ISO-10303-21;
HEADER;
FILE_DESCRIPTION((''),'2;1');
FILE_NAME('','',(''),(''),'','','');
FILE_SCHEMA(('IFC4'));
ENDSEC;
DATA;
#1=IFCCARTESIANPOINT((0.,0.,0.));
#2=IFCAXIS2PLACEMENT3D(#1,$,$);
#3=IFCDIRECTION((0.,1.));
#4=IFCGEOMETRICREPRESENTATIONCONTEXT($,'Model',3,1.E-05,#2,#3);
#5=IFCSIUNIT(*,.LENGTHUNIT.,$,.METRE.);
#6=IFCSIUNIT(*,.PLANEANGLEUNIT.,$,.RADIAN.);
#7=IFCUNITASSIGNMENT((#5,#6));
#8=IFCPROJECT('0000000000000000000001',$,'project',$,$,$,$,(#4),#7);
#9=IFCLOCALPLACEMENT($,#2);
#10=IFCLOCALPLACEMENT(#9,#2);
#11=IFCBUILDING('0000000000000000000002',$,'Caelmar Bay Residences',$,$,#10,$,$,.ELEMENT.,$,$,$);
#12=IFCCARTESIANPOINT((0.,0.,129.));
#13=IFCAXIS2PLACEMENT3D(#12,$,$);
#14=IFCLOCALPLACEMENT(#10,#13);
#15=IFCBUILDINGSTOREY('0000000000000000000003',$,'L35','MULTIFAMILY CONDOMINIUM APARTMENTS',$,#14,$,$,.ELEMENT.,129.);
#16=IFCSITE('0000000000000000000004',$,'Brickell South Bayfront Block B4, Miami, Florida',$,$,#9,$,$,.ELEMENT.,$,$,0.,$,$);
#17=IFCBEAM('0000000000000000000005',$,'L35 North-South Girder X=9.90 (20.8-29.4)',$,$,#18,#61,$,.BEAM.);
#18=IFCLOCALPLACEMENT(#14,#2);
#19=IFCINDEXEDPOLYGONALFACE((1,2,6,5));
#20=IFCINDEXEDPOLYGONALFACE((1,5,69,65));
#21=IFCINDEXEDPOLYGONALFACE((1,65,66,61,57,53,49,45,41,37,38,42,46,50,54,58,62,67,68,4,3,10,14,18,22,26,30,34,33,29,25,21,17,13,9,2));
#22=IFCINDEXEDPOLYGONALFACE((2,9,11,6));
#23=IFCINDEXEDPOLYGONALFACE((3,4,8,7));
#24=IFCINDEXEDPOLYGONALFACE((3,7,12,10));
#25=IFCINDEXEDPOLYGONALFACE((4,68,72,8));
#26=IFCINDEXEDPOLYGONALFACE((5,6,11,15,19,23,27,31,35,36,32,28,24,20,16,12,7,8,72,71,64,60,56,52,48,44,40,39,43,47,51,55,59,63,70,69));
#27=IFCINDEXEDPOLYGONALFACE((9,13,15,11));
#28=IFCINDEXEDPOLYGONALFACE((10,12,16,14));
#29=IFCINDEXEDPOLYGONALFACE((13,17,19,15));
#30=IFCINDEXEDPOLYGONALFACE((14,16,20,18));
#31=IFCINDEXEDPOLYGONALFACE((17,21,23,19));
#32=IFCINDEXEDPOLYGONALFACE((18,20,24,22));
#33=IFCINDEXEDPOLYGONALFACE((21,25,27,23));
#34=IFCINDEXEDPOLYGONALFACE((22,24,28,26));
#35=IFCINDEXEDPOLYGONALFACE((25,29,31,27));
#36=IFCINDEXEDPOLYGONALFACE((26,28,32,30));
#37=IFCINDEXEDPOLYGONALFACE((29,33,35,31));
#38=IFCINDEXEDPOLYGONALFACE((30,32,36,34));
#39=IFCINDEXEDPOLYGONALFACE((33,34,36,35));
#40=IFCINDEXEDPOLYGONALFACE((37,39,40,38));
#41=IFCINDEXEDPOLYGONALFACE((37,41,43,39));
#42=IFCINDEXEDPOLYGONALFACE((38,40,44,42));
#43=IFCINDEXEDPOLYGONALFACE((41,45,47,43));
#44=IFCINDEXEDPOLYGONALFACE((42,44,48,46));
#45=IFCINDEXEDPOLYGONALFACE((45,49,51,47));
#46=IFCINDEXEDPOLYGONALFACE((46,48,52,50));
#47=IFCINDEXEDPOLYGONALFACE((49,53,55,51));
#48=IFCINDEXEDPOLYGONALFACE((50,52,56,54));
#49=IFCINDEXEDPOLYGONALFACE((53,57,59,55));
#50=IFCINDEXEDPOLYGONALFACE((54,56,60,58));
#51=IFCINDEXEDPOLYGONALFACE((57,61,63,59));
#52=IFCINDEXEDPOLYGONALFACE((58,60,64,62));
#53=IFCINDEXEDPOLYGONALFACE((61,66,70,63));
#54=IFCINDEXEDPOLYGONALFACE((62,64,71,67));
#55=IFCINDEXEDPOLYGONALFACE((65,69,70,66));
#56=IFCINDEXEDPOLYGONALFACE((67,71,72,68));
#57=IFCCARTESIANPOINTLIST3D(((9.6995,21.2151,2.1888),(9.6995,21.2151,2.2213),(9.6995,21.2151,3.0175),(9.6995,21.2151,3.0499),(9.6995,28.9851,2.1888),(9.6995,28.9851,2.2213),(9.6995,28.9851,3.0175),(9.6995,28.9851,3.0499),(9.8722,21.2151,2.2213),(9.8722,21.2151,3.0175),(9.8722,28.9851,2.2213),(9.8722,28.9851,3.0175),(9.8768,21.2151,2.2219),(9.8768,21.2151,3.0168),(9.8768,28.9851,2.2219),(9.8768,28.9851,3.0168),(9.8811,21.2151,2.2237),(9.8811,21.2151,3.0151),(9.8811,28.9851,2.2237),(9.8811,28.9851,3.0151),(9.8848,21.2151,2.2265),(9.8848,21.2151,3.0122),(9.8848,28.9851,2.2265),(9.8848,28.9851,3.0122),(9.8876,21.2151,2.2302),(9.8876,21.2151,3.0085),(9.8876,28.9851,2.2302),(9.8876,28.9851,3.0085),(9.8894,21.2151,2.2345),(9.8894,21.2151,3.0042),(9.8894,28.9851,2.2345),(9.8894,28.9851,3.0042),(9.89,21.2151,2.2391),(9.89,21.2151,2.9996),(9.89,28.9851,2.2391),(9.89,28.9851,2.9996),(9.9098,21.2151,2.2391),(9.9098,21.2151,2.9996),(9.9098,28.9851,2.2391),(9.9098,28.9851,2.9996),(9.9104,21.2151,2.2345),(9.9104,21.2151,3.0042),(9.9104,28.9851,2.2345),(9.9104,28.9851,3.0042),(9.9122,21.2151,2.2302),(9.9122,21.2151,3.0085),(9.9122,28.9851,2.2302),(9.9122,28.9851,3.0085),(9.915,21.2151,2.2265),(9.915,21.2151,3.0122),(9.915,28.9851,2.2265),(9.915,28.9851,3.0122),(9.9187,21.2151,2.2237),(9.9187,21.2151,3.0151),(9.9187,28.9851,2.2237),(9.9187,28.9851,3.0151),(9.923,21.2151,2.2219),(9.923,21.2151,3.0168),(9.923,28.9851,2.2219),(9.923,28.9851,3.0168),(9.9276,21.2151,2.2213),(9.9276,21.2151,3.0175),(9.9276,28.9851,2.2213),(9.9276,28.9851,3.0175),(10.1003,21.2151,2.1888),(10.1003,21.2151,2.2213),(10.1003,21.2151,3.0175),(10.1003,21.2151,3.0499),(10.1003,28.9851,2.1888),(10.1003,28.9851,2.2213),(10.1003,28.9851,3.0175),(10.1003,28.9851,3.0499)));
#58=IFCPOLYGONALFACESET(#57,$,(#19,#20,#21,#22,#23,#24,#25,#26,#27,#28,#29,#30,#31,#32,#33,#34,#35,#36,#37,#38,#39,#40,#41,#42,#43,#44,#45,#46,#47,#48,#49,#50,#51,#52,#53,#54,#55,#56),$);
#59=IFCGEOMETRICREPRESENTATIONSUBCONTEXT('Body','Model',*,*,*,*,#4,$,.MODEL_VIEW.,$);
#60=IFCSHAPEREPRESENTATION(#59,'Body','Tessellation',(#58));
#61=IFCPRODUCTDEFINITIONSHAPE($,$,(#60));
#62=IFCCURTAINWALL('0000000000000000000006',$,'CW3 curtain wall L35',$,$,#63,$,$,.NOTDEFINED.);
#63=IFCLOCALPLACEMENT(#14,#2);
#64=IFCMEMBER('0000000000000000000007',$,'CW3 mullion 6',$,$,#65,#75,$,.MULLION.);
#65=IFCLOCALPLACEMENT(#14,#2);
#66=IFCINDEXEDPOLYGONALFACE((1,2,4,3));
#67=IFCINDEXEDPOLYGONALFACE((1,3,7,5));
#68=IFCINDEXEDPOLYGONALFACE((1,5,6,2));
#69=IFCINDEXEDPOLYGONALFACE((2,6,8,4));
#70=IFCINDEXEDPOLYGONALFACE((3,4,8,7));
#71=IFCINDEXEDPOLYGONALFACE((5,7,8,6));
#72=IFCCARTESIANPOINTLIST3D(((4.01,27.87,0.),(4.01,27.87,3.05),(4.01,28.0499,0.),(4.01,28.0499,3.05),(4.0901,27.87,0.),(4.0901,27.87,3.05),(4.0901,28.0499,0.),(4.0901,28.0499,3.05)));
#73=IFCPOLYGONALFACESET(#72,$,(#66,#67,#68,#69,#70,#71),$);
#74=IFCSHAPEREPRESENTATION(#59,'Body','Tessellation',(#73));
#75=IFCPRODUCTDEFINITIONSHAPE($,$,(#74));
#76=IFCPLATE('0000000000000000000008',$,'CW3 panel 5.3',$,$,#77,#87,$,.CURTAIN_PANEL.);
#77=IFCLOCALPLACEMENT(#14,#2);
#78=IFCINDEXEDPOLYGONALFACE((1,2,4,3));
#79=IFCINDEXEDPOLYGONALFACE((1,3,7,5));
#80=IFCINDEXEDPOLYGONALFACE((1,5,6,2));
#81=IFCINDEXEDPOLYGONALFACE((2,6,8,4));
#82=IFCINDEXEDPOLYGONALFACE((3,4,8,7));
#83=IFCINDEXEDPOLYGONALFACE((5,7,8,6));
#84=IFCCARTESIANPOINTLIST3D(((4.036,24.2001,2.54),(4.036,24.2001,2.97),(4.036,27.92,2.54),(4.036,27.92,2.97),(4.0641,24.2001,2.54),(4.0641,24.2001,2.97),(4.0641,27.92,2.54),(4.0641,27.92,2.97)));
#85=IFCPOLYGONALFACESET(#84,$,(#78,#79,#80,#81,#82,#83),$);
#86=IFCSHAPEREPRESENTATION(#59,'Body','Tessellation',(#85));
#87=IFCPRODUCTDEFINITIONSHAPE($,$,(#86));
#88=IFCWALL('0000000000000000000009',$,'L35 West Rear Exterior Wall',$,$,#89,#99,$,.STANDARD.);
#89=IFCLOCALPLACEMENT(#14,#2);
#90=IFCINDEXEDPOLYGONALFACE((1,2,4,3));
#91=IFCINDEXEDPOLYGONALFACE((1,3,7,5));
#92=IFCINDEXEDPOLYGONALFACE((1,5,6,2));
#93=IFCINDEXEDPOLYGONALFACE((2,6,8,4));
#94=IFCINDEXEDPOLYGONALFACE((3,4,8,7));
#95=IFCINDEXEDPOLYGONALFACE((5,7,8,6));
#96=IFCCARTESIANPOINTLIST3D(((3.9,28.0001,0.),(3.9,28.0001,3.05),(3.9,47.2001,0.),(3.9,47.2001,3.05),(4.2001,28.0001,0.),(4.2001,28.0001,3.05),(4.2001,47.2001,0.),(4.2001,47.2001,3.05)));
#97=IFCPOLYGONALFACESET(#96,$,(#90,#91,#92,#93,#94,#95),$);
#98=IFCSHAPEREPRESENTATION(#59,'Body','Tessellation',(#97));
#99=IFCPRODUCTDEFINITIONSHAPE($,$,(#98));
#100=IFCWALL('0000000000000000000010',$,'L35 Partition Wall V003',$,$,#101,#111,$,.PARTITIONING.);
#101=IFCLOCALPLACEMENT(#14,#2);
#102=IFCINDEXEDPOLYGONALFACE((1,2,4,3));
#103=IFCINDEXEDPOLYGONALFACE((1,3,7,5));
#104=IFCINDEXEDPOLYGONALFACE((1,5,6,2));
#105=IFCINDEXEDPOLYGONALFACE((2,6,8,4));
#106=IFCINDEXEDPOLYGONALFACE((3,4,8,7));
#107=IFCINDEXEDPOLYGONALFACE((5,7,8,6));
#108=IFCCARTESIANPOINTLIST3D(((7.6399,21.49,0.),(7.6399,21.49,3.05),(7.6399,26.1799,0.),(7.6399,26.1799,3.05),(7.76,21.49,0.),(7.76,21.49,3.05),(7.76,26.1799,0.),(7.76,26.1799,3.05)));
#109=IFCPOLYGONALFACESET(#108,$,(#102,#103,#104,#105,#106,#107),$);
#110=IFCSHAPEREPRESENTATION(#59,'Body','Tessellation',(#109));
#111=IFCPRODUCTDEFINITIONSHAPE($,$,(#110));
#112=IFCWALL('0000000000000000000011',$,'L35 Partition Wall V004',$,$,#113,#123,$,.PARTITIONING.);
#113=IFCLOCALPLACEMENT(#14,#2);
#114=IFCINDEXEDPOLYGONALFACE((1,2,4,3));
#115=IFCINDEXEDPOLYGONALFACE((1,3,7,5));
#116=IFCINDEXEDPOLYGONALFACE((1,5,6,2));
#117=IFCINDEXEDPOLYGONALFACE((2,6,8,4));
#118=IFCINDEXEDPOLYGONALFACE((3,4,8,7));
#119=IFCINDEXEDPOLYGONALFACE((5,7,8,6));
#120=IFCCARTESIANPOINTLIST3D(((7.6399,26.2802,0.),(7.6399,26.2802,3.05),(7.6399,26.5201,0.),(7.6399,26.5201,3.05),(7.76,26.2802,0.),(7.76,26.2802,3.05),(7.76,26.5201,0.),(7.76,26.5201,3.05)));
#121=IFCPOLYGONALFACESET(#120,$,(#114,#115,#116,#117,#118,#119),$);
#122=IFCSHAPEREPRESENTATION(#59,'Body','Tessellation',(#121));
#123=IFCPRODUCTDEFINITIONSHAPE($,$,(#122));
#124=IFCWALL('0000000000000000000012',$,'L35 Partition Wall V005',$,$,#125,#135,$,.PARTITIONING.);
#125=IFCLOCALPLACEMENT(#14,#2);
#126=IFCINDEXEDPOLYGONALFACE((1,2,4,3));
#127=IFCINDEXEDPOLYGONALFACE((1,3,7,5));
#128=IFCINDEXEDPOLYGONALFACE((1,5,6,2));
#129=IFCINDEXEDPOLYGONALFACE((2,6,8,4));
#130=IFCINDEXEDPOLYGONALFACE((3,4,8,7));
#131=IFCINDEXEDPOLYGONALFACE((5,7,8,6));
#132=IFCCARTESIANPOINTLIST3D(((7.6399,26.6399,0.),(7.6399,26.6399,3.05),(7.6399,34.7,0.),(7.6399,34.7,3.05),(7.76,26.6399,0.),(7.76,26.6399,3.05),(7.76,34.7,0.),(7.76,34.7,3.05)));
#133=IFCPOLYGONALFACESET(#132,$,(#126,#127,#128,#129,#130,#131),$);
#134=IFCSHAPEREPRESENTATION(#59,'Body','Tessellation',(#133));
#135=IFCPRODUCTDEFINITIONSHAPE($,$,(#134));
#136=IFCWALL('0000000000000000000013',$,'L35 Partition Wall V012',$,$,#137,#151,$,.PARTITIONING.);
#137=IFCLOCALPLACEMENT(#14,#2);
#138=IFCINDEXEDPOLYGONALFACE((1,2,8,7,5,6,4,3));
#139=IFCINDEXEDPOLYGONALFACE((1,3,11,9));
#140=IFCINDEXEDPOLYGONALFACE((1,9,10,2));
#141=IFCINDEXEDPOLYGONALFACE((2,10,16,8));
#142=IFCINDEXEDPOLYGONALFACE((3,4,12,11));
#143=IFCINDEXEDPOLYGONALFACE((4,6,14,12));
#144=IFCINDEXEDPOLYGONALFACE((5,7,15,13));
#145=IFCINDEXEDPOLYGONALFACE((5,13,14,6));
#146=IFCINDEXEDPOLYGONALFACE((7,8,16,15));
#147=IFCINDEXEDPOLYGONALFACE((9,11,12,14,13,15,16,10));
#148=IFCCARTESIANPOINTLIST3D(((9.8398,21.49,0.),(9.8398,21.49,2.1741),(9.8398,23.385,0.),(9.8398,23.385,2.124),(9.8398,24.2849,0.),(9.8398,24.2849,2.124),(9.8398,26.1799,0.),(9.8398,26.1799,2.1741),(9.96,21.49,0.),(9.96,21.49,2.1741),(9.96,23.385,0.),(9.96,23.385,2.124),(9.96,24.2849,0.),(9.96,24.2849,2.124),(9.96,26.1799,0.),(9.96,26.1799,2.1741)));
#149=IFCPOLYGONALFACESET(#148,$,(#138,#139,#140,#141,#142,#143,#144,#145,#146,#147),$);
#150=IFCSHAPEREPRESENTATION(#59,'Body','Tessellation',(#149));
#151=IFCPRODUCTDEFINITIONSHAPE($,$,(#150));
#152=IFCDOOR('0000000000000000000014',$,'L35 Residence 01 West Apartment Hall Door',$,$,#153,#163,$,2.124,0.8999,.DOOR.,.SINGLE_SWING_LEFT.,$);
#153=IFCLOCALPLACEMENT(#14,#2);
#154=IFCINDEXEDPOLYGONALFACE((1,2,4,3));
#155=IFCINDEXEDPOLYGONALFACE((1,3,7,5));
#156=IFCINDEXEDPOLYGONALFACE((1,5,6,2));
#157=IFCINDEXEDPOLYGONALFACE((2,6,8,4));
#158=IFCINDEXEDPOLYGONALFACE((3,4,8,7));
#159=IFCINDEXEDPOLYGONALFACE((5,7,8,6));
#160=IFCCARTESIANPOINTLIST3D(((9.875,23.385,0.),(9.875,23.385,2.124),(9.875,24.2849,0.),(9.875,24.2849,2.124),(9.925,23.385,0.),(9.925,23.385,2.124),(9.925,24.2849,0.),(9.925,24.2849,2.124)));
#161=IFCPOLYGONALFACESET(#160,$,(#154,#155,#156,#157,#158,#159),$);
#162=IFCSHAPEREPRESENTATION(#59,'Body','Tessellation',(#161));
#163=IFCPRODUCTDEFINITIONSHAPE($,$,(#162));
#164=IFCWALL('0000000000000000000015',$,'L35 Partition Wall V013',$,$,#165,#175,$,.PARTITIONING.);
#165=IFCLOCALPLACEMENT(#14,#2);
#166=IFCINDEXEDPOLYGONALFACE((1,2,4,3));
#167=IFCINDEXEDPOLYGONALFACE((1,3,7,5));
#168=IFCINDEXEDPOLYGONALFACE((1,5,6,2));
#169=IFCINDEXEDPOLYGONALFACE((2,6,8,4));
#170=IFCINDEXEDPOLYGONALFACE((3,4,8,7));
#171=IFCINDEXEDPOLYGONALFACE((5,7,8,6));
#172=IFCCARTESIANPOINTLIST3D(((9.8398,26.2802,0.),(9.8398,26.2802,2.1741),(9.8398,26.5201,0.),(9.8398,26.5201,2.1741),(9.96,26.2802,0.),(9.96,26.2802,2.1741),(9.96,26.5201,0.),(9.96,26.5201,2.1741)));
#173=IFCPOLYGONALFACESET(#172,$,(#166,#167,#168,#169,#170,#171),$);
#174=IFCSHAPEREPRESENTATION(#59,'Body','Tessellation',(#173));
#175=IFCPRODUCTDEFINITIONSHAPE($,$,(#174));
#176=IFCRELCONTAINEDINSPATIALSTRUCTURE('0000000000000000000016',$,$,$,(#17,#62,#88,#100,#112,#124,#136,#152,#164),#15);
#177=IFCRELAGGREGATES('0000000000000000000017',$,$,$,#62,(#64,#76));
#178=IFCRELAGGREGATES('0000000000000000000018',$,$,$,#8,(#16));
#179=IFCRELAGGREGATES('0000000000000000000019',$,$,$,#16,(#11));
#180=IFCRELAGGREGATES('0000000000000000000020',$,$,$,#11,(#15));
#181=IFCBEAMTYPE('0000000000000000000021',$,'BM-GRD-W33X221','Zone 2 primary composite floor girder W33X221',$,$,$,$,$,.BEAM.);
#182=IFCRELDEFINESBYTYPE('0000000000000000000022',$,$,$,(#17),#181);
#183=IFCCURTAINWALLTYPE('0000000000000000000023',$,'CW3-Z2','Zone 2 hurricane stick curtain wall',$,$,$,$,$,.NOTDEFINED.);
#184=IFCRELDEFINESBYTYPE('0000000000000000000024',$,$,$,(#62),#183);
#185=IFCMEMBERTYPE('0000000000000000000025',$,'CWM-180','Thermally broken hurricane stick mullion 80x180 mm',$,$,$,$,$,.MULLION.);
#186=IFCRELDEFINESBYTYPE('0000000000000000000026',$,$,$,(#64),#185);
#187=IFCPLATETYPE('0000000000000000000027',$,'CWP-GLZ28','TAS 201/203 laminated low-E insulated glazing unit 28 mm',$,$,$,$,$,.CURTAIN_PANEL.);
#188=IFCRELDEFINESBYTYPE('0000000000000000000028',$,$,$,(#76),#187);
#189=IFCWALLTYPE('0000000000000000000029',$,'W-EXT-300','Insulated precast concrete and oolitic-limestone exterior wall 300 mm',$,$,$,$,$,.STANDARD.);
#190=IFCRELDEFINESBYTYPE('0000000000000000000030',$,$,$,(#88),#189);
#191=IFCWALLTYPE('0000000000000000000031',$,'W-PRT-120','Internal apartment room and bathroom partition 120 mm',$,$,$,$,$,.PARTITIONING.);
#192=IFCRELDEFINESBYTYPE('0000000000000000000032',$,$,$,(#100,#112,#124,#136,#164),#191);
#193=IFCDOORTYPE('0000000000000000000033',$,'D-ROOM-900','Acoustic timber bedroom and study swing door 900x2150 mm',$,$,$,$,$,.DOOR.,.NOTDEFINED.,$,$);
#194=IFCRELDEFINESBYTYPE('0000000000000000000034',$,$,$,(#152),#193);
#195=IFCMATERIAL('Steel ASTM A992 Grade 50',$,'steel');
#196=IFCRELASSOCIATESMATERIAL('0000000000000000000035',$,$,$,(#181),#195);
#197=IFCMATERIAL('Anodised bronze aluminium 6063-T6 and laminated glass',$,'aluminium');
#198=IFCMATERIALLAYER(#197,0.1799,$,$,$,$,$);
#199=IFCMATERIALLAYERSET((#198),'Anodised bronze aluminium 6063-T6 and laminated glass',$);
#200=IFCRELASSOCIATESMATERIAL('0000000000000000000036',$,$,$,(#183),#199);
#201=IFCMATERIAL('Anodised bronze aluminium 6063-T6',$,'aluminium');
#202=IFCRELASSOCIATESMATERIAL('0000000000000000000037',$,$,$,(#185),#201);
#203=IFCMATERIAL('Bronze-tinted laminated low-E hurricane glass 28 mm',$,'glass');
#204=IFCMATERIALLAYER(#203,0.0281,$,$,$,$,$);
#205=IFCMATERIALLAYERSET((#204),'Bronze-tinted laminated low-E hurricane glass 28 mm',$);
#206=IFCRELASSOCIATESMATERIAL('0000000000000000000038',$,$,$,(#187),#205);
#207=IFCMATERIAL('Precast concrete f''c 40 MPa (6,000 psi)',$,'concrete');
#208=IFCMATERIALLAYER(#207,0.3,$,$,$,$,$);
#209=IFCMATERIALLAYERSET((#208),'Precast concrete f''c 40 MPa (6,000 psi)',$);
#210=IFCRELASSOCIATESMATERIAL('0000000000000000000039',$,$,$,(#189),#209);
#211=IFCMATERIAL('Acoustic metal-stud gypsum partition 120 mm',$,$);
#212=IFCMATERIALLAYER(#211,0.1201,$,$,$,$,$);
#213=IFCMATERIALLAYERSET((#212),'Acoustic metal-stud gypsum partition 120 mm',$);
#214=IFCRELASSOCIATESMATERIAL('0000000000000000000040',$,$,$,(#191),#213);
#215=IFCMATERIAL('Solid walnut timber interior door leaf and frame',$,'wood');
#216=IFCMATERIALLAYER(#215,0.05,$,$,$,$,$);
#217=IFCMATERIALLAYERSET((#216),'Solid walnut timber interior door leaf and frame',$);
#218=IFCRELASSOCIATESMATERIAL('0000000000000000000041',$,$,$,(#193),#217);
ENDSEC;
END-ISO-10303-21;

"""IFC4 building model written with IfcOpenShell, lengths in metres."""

from ifc_helpers import new_model, si_unit, direction, frame, frame_2d, origin, origin_2d, place, context, subcontext, project, spatial, rectangle, i_section, extrude, material, layer, layer_set, material_profile, profile_set, type_object, element, fill, aggregate, save


model = new_model("IFC4")

# Units and contexts
model_context = context("Model", 3, precision=1e-05, world=origin(), true_north=direction((0.0, 1.0)))
body_context = subcontext(model_context, "Body", "Model", "MODEL_VIEW")
ifc_project = project(units=[si_unit("LENGTHUNIT", "METRE"), si_unit("PLANEANGLEUNIT", "RADIAN")], contexts=[model_context])

# Site, building, storey
site_placement = place(None, origin())
site = spatial("IfcSite", under=ifc_project, at=site_placement, Name="Brickell South Bayfront Block B4, Miami, Florida", CompositionType="ELEMENT", RefElevation=0.0)
building_placement = place(site_placement, origin())
building = spatial("IfcBuilding", under=site, at=building_placement, Name="Caelmar Bay Residences", CompositionType="ELEMENT")
storey_placement = place(building_placement, frame((0.0, 0.0, 129.0)))
storey = spatial("IfcBuildingStorey", under=building, at=storey_placement, Name="L35", Description="MULTIFAMILY CONDOMINIUM APARTMENTS", CompositionType="ELEMENT", Elevation=129.0)

# Beam
ifc_material_1 = material(Name="Steel ASTM A992 Grade 50", Category="steel")
ifc_material_profile_1 = material_profile(ifc_material_1, i_section(OverallWidth=0.4009, OverallDepth=0.8611, WebThickness=0.0198, FlangeThickness=0.0325, FilletRadius=0.0178, at=origin_2d()), Name="W33X221")
ifc_profile_set_1 = profile_set([ifc_material_profile_1], Name="Steel ASTM A992 Grade 50")
beam_type = type_object("IfcBeamType", Name="BM-GRD-W33X221", Description="Zone 2 primary composite floor girder W33X221", PredefinedType="BEAM", material=ifc_profile_set_1)
beam_placement = place(storey_placement, frame((9.8999, 21.2151, 2.6194), z_axis=(0.0, 1.0, 0.0), x_axis=(-1.0, 0.0, 0.0)))
element("IfcBeam", 1, at=beam_placement, inside=storey, type_object=beam_type, Name="L35 North-South Girder X=9.90 (20.8-29.4)", PredefinedType="BEAM", context=body_context, shape_type="SweptSolid", body=[
    extrude(i_section(OverallWidth=0.4009, OverallDepth=0.8611, WebThickness=0.0198, FlangeThickness=0.0325, FilletRadius=0.0178, at=origin_2d()), origin(), (0.0, 0.0, 1.0), 7.77),
])

# Curtain wall, member, plate
ifc_material_2 = material(Name="Anodised bronze aluminium 6063-T6 and laminated glass", Category="aluminium")
ifc_layer_1 = layer(ifc_material_2, 0.1799)
ifc_layer_set_1 = layer_set([ifc_layer_1], Name="Anodised bronze aluminium 6063-T6 and laminated glass")
curtain_wall_type = type_object("IfcCurtainWallType", Name="CW3-Z2", Description="Zone 2 hurricane stick curtain wall", PredefinedType="NOTDEFINED", material=ifc_layer_set_1)
curtain_wall_placement = place(storey_placement, origin())
curtain_wall = element("IfcCurtainWall", 2, at=curtain_wall_placement, inside=storey, type_object=curtain_wall_type, Name="CW3 curtain wall L35", PredefinedType="NOTDEFINED")
ifc_material_3 = material(Name="Anodised bronze aluminium 6063-T6", Category="aluminium")
ifc_material_profile_2 = material_profile(ifc_material_3, rectangle(XDim=0.0801, YDim=0.1799, at=origin_2d()), Name="CWM-80X180")
ifc_profile_set_2 = profile_set([ifc_material_profile_2], Name="Anodised bronze aluminium 6063-T6")
member_type = type_object("IfcMemberType", Name="CWM-180", Description="Thermally broken hurricane stick mullion 80x180 mm", PredefinedType="MULLION", material=ifc_profile_set_2)
member_placement = place(storey_placement, frame((4.05, 27.96, 0.0), z_axis=(0.0, 0.0, 1.0), x_axis=(-1.0, 0.0, 0.0)))
member = element("IfcMember", 3, at=member_placement, type_object=member_type, Name="CW3 mullion 6", PredefinedType="MULLION", context=body_context, shape_type="SweptSolid", body=[
    extrude(rectangle(XDim=0.0801, YDim=0.1799, at=origin_2d()), origin(), (0.0, 0.0, 1.0), 3.05),
])
ifc_material_4 = material(Name="Bronze-tinted laminated low-E hurricane glass 28 mm", Category="glass")
ifc_layer_2 = layer(ifc_material_4, 0.0281)
ifc_layer_set_2 = layer_set([ifc_layer_2], Name="Bronze-tinted laminated low-E hurricane glass 28 mm")
plate_type = type_object("IfcPlateType", Name="CWP-GLZ28", Description="TAS 201/203 laminated low-E insulated glazing unit 28 mm", PredefinedType="CURTAIN_PANEL", material=ifc_layer_set_2)
plate_placement = place(storey_placement, frame((4.05, 26.0601, 2.54), z_axis=(0.0, 0.0, 1.0), x_axis=(0.0, 1.0, 0.0)))
plate = element("IfcPlate", 4, at=plate_placement, type_object=plate_type, Name="CW3 panel 5.3", PredefinedType="CURTAIN_PANEL", context=body_context, shape_type="SweptSolid", body=[
    extrude(rectangle(XDim=3.72, YDim=0.0281, at=origin_2d()), origin(), (0.0, 0.0, 1.0), 0.4299),
])
aggregate(curtain_wall, [member, plate])

# Walls
ifc_material_5 = material(Name="Precast concrete f'c 40 MPa (6,000 psi)", Category="concrete")
ifc_layer_3 = layer(ifc_material_5, 0.3)
ifc_layer_set_3 = layer_set([ifc_layer_3], Name="Precast concrete f'c 40 MPa (6,000 psi)")
wall_type_1 = type_object("IfcWallType", Name="W-EXT-300", Description="Insulated precast concrete and oolitic-limestone exterior wall 300 mm", PredefinedType="STANDARD", material=ifc_layer_set_3)
wall_1_placement = place(storey_placement, frame((4.05, 28.0, 0.0), z_axis=(0.0, 0.0, 1.0), x_axis=(0.0, 1.0, 0.0)))
element("IfcWall", 5, at=wall_1_placement, inside=storey, type_object=wall_type_1, Name="L35 West Rear Exterior Wall", PredefinedType="STANDARD", context=body_context, shape_type="SweptSolid", body=[
    extrude(rectangle(XDim=19.2, YDim=0.3, at=frame_2d((9.6001, 0.0))), origin(), (0.0, 0.0, 1.0), 3.05),
])
ifc_material_6 = material(Name="Acoustic metal-stud gypsum partition 120 mm")
ifc_layer_4 = layer(ifc_material_6, 0.1201)
ifc_layer_set_4 = layer_set([ifc_layer_4], Name="Acoustic metal-stud gypsum partition 120 mm")
wall_type_2 = type_object("IfcWallType", Name="W-PRT-120", Description="Internal apartment room and bathroom partition 120 mm", PredefinedType="PARTITIONING", material=ifc_layer_set_4)
wall_2_placement = place(storey_placement, frame((7.7, 21.49, 0.0), z_axis=(0.0, 0.0, 1.0), x_axis=(0.0, 1.0, 0.0)))
element("IfcWall", 6, at=wall_2_placement, inside=storey, type_object=wall_type_2, Name="L35 Partition Wall V003", PredefinedType="PARTITIONING", context=body_context, shape_type="SweptSolid", body=[
    extrude(rectangle(XDim=4.6899, YDim=0.1201, at=frame_2d((2.345, 0.0))), origin(), (0.0, 0.0, 1.0), 3.05),
])
wall_3_placement = place(storey_placement, frame((7.7, 26.28, 0.0), z_axis=(0.0, 0.0, 1.0), x_axis=(0.0, 1.0, 0.0)))
element("IfcWall", 7, at=wall_3_placement, inside=storey, type_object=wall_type_2, Name="L35 Partition Wall V004", PredefinedType="PARTITIONING", context=body_context, shape_type="SweptSolid", body=[
    extrude(rectangle(XDim=0.24, YDim=0.1201, at=frame_2d((0.1201, 0.0))), origin(), (0.0, 0.0, 1.0), 3.05),
])
wall_4_placement = place(storey_placement, frame((7.7, 26.6399, 0.0), z_axis=(0.0, 0.0, 1.0), x_axis=(0.0, 1.0, 0.0)))
element("IfcWall", 8, at=wall_4_placement, inside=storey, type_object=wall_type_2, Name="L35 Partition Wall V005", PredefinedType="PARTITIONING", context=body_context, shape_type="SweptSolid", body=[
    extrude(rectangle(XDim=8.0601, YDim=0.1201, at=frame_2d((4.03, 0.0))), origin(), (0.0, 0.0, 1.0), 3.05),
])

# Wall, opening, door
wall_5_placement = place(storey_placement, frame((9.8999, 21.49, 0.0), z_axis=(0.0, 0.0, 1.0), x_axis=(0.0, 1.0, 0.0)))
wall_5 = element("IfcWall", 9, at=wall_5_placement, inside=storey, type_object=wall_type_2, Name="L35 Partition Wall V012", PredefinedType="PARTITIONING", context=body_context, shape_type="SweptSolid", body=[
    extrude(rectangle(XDim=4.6899, YDim=0.1201, at=frame_2d((2.345, 0.0))), origin(), (0.0, 0.0, 1.0), 2.1741),
])
opening_1_placement = place(wall_5_placement, frame((1.895, 0.0, 0.0)))
opening_1 = element("IfcOpeningElement", 10, at=opening_1_placement, cuts=wall_5, PredefinedType="OPENING", context=body_context, shape_type="SweptSolid", body=[
    extrude(rectangle(XDim=0.8999, YDim=2.124, at=frame_2d((0.45, 1.062))), frame((0.0, 0.0701, 0.0), z_axis=(0.0, -1.0, 0.0), x_axis=(1.0, 0.0, 0.0)), (0.0, 0.0, 1.0), 0.1401),
])
ifc_material_7 = material(Name="Solid walnut timber interior door leaf and frame", Category="wood")
ifc_layer_5 = layer(ifc_material_7, 0.05)
ifc_layer_set_5 = layer_set([ifc_layer_5], Name="Solid walnut timber interior door leaf and frame")
door_type_1 = type_object("IfcDoorType", Name="D-ROOM-900", Description="Acoustic timber bedroom and study swing door 900x2150 mm", OperationType="NOTDEFINED", PredefinedType="DOOR", material=ifc_layer_set_5)
door_1_placement = place(opening_1_placement, origin())
door_1 = element("IfcDoor", 11, at=door_1_placement, inside=storey, type_object=door_type_1, Name="L35 Residence 01 West Apartment Hall Door", OperationType="SINGLE_SWING_LEFT", OverallHeight=2.124, OverallWidth=0.8999, PredefinedType="DOOR", context=body_context, shape_type="SweptSolid", body=[
    extrude(rectangle(XDim=0.8999, YDim=2.124, at=frame_2d((0.45, 1.062))), frame((0.0, 0.0249, 0.0), z_axis=(0.0, -1.0, 0.0), x_axis=(1.0, 0.0, 0.0)), (0.0, 0.0, 1.0), 0.05),
])
fill(opening_1, door_1)

# Wall
wall_6_placement = place(storey_placement, frame((9.8999, 26.28, 0.0), z_axis=(0.0, 0.0, 1.0), x_axis=(0.0, 1.0, 0.0)))
element("IfcWall", 12, at=wall_6_placement, inside=storey, type_object=wall_type_2, Name="L35 Partition Wall V013", PredefinedType="PARTITIONING", context=body_context, shape_type="SweptSolid", body=[
    extrude(rectangle(XDim=0.24, YDim=0.1201, at=frame_2d((0.1201, 0.0))), origin(), (0.0, 0.0, 1.0), 2.1741),
])

save(model, "model.ifc")
